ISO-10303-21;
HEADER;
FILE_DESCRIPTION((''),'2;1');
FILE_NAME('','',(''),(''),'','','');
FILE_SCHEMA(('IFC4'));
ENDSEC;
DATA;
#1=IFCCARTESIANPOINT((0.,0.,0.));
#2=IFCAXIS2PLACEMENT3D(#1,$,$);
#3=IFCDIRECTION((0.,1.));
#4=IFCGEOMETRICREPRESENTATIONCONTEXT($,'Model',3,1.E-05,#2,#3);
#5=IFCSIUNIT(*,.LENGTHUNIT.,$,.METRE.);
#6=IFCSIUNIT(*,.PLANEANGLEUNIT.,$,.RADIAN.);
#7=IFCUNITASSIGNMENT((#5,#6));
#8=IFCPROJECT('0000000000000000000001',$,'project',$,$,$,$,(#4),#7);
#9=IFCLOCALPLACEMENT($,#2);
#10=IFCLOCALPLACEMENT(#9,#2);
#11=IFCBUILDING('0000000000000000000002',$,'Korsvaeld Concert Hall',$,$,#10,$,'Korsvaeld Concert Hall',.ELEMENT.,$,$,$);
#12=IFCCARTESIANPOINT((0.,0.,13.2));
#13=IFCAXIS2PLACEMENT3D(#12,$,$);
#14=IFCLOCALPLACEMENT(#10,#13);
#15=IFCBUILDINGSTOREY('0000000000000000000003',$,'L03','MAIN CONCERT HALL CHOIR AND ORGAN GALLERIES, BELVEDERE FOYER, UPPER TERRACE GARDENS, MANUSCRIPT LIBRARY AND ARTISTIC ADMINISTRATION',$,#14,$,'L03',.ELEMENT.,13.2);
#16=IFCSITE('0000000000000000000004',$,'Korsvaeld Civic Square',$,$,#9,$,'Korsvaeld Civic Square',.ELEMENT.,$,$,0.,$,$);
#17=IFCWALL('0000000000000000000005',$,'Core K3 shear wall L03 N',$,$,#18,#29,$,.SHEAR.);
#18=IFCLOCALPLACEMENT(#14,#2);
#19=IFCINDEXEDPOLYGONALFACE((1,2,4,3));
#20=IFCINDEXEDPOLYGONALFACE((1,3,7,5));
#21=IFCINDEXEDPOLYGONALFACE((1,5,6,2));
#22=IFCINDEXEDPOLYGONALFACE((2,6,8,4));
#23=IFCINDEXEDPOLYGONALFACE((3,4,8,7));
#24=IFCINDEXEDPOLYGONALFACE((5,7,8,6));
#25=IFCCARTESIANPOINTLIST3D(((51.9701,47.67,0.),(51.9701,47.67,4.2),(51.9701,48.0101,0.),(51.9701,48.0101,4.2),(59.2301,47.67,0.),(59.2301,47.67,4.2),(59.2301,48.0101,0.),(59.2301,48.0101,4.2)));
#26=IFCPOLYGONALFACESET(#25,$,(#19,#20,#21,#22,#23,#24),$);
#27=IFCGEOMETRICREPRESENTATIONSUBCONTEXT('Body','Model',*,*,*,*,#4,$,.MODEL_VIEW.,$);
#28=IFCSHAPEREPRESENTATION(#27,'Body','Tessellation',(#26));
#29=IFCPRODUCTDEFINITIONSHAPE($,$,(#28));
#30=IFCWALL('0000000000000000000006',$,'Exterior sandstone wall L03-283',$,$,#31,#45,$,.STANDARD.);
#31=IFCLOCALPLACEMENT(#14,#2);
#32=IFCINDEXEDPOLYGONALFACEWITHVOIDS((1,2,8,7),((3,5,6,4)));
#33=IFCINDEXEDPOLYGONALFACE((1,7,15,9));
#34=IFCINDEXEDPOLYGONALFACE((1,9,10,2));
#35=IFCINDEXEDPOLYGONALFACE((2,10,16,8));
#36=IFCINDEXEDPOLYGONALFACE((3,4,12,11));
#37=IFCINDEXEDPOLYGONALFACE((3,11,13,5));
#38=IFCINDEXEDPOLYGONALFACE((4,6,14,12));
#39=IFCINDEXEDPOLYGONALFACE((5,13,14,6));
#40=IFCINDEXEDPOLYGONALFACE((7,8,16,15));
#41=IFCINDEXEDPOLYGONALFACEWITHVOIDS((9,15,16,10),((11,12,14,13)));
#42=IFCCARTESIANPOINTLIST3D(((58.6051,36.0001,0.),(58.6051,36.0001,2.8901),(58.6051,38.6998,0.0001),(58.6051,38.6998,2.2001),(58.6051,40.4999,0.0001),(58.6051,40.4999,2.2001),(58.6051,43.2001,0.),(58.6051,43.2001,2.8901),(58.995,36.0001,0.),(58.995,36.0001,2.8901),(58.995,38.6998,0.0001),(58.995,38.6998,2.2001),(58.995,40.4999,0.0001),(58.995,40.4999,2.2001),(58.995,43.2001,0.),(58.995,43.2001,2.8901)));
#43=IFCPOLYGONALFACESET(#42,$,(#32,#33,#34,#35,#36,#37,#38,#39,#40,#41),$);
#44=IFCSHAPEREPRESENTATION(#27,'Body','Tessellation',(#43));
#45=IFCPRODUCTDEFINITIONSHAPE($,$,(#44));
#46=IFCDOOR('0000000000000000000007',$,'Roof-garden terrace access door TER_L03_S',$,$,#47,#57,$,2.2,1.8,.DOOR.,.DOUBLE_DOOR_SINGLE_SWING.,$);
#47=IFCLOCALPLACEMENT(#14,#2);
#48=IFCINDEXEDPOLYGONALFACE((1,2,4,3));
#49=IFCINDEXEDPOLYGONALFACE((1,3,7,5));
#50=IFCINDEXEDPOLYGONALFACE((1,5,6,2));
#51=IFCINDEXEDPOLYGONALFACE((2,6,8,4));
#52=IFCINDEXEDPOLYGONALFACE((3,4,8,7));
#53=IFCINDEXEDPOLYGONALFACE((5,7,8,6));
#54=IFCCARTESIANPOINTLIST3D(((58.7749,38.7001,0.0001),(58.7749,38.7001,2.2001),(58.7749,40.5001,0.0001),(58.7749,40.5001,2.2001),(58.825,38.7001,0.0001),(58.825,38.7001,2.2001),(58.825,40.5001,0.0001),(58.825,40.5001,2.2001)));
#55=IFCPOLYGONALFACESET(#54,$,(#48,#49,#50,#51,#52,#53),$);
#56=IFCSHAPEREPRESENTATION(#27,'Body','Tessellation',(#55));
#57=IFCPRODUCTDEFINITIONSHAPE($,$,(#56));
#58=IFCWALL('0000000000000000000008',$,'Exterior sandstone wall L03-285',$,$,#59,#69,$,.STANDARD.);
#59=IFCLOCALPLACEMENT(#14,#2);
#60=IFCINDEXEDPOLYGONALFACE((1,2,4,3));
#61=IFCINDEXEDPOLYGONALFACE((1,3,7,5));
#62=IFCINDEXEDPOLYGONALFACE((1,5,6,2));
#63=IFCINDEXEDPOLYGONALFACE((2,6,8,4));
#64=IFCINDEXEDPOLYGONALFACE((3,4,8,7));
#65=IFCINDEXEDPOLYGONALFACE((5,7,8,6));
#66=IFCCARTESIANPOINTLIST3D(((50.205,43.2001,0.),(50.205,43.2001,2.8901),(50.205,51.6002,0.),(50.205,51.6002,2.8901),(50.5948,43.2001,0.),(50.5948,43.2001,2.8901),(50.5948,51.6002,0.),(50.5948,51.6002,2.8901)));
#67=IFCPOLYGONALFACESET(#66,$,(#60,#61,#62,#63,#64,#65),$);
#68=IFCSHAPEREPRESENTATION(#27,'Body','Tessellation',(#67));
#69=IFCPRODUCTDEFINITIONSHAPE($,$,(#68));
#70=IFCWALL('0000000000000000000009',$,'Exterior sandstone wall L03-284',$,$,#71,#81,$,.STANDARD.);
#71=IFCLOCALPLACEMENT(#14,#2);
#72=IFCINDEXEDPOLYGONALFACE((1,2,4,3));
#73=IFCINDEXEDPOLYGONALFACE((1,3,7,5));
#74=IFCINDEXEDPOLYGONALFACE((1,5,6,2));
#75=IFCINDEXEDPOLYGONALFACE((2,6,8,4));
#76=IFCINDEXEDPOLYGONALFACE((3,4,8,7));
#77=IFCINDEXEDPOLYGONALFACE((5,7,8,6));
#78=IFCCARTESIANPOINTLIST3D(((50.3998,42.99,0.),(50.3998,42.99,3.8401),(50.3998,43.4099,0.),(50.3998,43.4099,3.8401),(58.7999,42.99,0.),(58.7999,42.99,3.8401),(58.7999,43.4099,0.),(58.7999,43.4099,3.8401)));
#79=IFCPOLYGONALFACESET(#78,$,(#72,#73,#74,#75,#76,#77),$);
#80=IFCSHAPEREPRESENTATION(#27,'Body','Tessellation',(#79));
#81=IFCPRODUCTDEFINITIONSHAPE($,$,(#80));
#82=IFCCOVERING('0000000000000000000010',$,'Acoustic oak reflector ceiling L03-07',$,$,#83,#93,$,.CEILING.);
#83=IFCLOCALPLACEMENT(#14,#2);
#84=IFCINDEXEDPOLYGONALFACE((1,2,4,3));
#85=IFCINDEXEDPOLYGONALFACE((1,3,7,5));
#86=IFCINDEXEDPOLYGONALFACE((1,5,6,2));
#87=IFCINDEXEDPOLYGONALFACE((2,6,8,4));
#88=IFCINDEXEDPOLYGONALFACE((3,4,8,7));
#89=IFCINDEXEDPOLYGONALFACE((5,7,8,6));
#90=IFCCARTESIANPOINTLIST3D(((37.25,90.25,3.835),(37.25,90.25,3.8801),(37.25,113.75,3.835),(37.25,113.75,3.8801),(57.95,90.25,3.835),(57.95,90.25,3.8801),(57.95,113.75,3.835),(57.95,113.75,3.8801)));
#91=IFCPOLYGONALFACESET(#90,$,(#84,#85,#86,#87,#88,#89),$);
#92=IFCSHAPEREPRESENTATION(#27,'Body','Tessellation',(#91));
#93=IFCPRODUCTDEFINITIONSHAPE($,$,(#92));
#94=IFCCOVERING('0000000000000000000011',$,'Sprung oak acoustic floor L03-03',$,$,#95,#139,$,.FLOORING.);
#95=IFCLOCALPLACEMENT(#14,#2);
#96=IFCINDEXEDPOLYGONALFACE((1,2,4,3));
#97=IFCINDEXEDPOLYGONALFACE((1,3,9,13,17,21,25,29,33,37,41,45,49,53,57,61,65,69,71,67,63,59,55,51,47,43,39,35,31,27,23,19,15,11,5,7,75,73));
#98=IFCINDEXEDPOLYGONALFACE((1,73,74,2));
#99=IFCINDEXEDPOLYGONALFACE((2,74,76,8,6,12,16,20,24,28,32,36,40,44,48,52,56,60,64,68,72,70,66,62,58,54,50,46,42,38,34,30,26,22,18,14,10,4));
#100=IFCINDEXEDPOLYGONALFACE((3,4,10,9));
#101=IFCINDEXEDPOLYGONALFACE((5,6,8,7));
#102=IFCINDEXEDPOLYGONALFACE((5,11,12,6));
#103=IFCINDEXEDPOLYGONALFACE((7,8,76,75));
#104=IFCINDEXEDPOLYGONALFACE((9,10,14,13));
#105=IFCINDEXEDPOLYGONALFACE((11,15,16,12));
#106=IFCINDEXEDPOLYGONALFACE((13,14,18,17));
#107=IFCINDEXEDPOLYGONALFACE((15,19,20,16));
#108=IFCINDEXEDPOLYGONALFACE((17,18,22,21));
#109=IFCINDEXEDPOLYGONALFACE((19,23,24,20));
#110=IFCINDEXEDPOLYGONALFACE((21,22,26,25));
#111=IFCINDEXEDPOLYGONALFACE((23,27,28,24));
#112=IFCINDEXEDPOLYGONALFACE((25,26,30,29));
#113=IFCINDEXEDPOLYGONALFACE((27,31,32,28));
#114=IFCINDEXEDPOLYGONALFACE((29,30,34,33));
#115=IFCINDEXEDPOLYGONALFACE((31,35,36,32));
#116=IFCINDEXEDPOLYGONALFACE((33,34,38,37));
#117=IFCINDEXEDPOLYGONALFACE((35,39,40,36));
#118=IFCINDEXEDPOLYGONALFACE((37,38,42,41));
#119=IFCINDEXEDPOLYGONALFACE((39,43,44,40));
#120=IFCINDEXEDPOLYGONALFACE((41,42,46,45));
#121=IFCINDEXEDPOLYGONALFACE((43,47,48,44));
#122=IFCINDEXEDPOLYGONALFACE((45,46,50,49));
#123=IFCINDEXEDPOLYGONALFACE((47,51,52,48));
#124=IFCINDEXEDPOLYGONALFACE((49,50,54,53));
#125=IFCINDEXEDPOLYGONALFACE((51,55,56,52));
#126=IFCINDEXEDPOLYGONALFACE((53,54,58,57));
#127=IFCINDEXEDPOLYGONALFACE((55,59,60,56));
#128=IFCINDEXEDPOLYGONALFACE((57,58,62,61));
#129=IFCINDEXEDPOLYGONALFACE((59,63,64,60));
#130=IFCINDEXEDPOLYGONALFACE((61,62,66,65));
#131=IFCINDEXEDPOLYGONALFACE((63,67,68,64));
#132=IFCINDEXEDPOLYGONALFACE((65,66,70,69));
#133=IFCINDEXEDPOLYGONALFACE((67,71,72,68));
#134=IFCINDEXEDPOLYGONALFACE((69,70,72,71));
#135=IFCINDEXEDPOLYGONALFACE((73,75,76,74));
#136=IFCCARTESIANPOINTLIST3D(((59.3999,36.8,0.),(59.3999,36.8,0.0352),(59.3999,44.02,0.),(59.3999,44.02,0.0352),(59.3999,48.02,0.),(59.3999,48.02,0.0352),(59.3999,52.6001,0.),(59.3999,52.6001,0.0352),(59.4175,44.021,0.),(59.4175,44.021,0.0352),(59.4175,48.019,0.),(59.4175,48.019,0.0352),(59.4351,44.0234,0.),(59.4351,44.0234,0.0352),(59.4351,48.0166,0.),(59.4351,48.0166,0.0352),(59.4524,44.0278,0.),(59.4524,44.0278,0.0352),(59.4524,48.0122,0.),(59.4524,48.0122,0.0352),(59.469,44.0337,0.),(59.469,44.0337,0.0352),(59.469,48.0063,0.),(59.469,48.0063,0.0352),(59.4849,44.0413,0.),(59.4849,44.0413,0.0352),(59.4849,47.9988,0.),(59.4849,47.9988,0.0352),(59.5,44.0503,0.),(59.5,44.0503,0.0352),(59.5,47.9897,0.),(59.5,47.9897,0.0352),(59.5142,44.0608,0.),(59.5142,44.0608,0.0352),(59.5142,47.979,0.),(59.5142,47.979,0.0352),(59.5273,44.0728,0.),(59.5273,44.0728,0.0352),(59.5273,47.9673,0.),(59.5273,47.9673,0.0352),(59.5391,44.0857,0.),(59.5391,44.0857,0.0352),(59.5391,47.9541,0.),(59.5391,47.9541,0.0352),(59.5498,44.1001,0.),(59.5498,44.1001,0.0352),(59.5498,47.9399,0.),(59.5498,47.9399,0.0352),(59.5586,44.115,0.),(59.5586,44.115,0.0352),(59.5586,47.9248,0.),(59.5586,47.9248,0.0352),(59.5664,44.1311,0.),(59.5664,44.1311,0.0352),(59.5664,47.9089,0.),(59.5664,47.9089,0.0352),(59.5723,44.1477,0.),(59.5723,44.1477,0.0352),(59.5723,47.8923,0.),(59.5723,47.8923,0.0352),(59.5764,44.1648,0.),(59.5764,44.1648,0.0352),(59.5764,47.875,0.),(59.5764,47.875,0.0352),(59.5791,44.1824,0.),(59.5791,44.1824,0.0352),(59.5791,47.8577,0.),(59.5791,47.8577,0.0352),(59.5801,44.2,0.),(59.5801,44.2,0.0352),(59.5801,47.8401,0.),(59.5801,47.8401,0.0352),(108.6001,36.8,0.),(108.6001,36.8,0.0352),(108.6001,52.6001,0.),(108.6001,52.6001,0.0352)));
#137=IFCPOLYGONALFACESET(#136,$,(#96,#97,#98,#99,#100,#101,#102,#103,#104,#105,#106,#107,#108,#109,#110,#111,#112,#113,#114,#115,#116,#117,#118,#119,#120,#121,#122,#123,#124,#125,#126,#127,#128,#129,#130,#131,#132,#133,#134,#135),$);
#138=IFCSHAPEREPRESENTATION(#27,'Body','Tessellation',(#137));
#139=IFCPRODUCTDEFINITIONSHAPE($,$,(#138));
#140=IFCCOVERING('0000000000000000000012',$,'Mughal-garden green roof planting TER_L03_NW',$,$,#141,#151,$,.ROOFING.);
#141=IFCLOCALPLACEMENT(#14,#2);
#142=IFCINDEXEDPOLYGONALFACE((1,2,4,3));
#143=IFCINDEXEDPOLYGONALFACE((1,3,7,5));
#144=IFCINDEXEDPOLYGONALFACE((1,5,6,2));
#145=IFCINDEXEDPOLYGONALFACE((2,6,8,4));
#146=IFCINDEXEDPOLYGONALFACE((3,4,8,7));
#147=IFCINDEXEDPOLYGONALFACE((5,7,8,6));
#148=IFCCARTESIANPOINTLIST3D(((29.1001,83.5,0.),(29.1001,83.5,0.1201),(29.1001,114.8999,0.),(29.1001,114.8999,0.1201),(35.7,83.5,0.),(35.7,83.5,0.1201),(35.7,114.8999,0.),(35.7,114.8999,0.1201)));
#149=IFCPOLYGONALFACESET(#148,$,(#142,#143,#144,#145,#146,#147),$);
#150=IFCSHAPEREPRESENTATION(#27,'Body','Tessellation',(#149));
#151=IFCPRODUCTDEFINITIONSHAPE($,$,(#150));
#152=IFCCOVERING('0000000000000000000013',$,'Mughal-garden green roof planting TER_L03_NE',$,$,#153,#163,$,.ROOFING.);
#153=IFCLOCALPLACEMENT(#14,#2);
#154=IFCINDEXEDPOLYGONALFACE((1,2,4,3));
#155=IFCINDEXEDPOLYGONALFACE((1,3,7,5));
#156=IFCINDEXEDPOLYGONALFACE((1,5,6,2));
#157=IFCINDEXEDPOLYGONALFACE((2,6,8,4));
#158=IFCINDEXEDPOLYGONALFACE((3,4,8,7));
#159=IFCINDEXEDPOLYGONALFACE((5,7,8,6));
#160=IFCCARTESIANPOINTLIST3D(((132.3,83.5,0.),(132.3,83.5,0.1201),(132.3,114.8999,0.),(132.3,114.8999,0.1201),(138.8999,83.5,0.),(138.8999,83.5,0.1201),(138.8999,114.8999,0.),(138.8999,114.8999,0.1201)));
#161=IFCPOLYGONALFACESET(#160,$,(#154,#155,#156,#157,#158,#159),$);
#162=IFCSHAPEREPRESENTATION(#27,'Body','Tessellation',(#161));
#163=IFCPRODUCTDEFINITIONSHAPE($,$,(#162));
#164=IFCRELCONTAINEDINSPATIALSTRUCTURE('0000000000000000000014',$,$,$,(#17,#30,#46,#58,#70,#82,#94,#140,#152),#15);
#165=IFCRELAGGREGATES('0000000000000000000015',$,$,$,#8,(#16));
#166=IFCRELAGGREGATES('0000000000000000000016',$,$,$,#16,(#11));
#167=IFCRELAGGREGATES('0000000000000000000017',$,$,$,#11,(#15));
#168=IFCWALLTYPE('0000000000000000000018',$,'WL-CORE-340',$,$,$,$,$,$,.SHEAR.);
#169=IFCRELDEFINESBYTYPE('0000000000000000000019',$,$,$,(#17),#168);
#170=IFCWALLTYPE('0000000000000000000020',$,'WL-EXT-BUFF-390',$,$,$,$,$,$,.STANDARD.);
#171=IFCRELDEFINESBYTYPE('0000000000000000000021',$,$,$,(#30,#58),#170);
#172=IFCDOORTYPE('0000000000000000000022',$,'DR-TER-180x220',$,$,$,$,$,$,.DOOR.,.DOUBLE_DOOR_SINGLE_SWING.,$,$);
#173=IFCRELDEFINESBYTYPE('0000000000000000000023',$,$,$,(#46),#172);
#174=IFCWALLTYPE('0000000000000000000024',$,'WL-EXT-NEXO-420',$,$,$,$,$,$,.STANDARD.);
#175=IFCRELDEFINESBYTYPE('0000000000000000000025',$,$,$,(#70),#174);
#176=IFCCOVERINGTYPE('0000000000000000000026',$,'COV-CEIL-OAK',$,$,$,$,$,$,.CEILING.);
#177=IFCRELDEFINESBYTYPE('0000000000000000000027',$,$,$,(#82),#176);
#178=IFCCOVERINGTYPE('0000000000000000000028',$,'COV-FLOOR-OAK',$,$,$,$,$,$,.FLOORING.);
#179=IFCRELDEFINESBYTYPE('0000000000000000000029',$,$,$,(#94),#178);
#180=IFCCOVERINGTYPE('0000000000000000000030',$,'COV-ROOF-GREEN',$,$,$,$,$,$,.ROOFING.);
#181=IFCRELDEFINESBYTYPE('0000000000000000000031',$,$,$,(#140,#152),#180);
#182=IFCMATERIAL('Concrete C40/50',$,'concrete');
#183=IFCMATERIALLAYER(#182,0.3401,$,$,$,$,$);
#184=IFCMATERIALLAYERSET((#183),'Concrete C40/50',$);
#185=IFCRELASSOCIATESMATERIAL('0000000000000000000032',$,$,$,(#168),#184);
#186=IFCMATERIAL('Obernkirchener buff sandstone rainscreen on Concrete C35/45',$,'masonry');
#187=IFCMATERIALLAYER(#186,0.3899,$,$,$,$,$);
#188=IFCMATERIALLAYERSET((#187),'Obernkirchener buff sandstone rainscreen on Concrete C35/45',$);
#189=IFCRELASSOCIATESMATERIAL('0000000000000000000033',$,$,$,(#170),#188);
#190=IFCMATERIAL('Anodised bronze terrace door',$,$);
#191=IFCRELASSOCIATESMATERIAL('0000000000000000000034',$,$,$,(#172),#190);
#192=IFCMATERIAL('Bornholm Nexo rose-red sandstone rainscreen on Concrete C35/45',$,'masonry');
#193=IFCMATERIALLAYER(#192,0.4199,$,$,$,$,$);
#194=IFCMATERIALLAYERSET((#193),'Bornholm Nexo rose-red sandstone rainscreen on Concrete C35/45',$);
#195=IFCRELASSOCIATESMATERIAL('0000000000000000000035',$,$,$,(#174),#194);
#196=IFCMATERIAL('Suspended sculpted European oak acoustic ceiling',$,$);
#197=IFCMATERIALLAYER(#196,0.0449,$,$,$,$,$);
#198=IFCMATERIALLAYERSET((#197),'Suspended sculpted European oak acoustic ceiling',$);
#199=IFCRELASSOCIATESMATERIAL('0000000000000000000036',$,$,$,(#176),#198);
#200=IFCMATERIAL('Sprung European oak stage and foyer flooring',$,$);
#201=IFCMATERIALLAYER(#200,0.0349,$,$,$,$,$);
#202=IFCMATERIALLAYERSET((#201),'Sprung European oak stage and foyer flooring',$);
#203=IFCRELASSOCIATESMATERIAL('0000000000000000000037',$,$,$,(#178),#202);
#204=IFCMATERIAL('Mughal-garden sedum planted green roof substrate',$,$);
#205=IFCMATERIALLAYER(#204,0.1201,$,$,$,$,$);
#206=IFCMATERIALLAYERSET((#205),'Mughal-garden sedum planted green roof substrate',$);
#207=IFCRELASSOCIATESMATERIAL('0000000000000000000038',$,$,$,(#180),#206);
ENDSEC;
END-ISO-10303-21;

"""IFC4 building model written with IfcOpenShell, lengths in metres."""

from ifc_helpers import new_model, si_unit, direction, frame, frame_2d, origin, place, context, subcontext, project, spatial, polyline, rectangle, outline, extrude, material, layer, layer_set, type_object, element, fill, save


model = new_model("IFC4")

# Units and contexts
model_context = context("Model", 3, precision=1e-05, world=origin(), true_north=direction((0.0, 1.0)))
body_context = subcontext(model_context, "Body", "Model", "MODEL_VIEW")
ifc_project = project(units=[si_unit("LENGTHUNIT", "METRE"), si_unit("PLANEANGLEUNIT", "RADIAN")], contexts=[model_context])

# Site, building, storey
site_placement = place(None, origin())
site = spatial("IfcSite", under=ifc_project, at=site_placement, Name="Korsvaeld Civic Square", LongName="Korsvaeld Civic Square", CompositionType="ELEMENT", RefElevation=0.0)
building_placement = place(site_placement, origin())
building = spatial("IfcBuilding", under=site, at=building_placement, Name="Korsvaeld Concert Hall", LongName="Korsvaeld Concert Hall", CompositionType="ELEMENT")
storey_placement = place(building_placement, frame((0.0, 0.0, 13.2)))
storey = spatial("IfcBuildingStorey", under=building, at=storey_placement, Name="L03", Description="MAIN CONCERT HALL CHOIR AND ORGAN GALLERIES, BELVEDERE FOYER, UPPER TERRACE GARDENS, MANUSCRIPT LIBRARY AND ARTISTIC ADMINISTRATION", LongName="L03", CompositionType="ELEMENT", Elevation=13.2)

# Shared definitions
ifc_material_1 = material(Name="Concrete C40/50", Category="concrete")

# Wall
ifc_layer_1 = layer(ifc_material_1, 0.3401)
ifc_layer_set_1 = layer_set([ifc_layer_1], Name="Concrete C40/50")
wall_type_1 = type_object("IfcWallType", Name="WL-CORE-340", PredefinedType="SHEAR", material=ifc_layer_set_1)
wall_1_placement = place(storey_placement, frame((59.23, 47.8401, 0.0), z_axis=(0.0, 0.0, 1.0), x_axis=(-1.0, 0.0, 0.0)))
element("IfcWall", 1, at=wall_1_placement, inside=storey, type_object=wall_type_1, Name="Core K3 shear wall L03 N", PredefinedType="SHEAR", context=body_context, shape_type="SweptSolid", body=[
    extrude(rectangle(XDim=7.26, YDim=0.3401, at=frame_2d((3.6299, 0.0))), origin(), (0.0, 0.0, 1.0), 4.2),
])

# Wall, opening, door
ifc_material_2 = material(Name="Obernkirchener buff sandstone rainscreen on Concrete C35/45", Category="masonry")
ifc_layer_2 = layer(ifc_material_2, 0.3899)
ifc_layer_set_2 = layer_set([ifc_layer_2], Name="Obernkirchener buff sandstone rainscreen on Concrete C35/45")
wall_type_2 = type_object("IfcWallType", Name="WL-EXT-BUFF-390", PredefinedType="STANDARD", material=ifc_layer_set_2)
wall_2_placement = place(storey_placement, frame((58.8, 36.0, 0.0), z_axis=(0.0, 0.0, 1.0), x_axis=(0.0, 1.0, 0.0)))
wall_2 = element("IfcWall", 2, at=wall_2_placement, inside=storey, type_object=wall_type_2, Name="Exterior sandstone wall L03-283", PredefinedType="STANDARD", context=body_context, shape_type="SweptSolid", body=[
    extrude(rectangle(XDim=7.2, YDim=0.3899, at=frame_2d((3.6001, 0.0))), origin(), (0.0, 0.0, 1.0), 2.8901),
])
opening_placement = place(wall_2_placement, frame((2.7, 0.0, 0.0)))
opening = element("IfcOpeningElement", 3, at=opening_placement, cuts=wall_2, PredefinedType="OPENING", context=body_context, shape_type="SweptSolid", body=[
    extrude(rectangle(XDim=1.8, YDim=2.2, at=frame_2d((0.8999, 1.1001))), frame((0.0, 0.2051, 0.0), z_axis=(0.0, -1.0, 0.0), x_axis=(1.0, 0.0, 0.0)), (0.0, 0.0, 1.0), 0.4099),
])
ifc_material_3 = material(Name="Anodised bronze terrace door")
door_type = type_object("IfcDoorType", Name="DR-TER-180x220", OperationType="DOUBLE_DOOR_SINGLE_SWING", PredefinedType="DOOR", material=ifc_material_3)
door_placement = place(opening_placement, frame((1.8, 0.0, 0.0), z_axis=(0.0, 0.0, 1.0), x_axis=(-1.0, 0.0, 0.0)))
door = element("IfcDoor", 4, at=door_placement, inside=storey, type_object=door_type, Name="Roof-garden terrace access door TER_L03_S", OperationType="DOUBLE_DOOR_SINGLE_SWING", OverallHeight=2.2, OverallWidth=1.8, PredefinedType="DOOR", context=body_context, shape_type="SweptSolid", body=[
    extrude(rectangle(XDim=1.8, YDim=2.2, at=frame_2d((0.8999, 1.1001))), frame((0.0, 0.0249, 0.0), z_axis=(0.0, -1.0, 0.0), x_axis=(1.0, 0.0, 0.0)), (0.0, 0.0, 1.0), 0.05),
])
fill(opening, door)

# Walls
wall_3_placement = place(storey_placement, frame((50.3999, 43.2, 0.0), z_axis=(0.0, 0.0, 1.0), x_axis=(0.0, 1.0, 0.0)))
element("IfcWall", 5, at=wall_3_placement, inside=storey, type_object=wall_type_2, Name="Exterior sandstone wall L03-285", PredefinedType="STANDARD", context=body_context, shape_type="SweptSolid", body=[
    extrude(rectangle(XDim=8.4001, YDim=0.3899, at=frame_2d((4.2002, 0.0))), origin(), (0.0, 0.0, 1.0), 2.8901),
])
ifc_material_4 = material(Name="Bornholm Nexo rose-red sandstone rainscreen on Concrete C35/45", Category="masonry")
ifc_layer_3 = layer(ifc_material_4, 0.4199)
ifc_layer_set_3 = layer_set([ifc_layer_3], Name="Bornholm Nexo rose-red sandstone rainscreen on Concrete C35/45")
wall_type_3 = type_object("IfcWallType", Name="WL-EXT-NEXO-420", PredefinedType="STANDARD", material=ifc_layer_set_3)
wall_4_placement = place(storey_placement, frame((58.8, 43.2, 0.0), z_axis=(0.0, 0.0, 1.0), x_axis=(-1.0, 0.0, 0.0)))
element("IfcWall", 6, at=wall_4_placement, inside=storey, type_object=wall_type_3, Name="Exterior sandstone wall L03-284", PredefinedType="STANDARD", context=body_context, shape_type="SweptSolid", body=[
    extrude(rectangle(XDim=8.4001, YDim=0.4199, at=frame_2d((4.2002, 0.0))), origin(), (0.0, 0.0, 1.0), 3.8401),
])

# Coverings
ifc_material_5 = material(Name="Suspended sculpted European oak acoustic ceiling")
ifc_layer_4 = layer(ifc_material_5, 0.0449)
ifc_layer_set_4 = layer_set([ifc_layer_4], Name="Suspended sculpted European oak acoustic ceiling")
covering_type_1 = type_object("IfcCoveringType", Name="COV-CEIL-OAK", PredefinedType="CEILING", material=ifc_layer_set_4)
covering_1_placement = place(storey_placement, frame((0.0, 0.0, 3.835)))
element("IfcCovering", 7, at=covering_1_placement, inside=storey, type_object=covering_type_1, Name="Acoustic oak reflector ceiling L03-07", PredefinedType="CEILING", context=body_context, shape_type="SweptSolid", body=[
    extrude(outline(polyline([(37.25, 113.75), (57.95, 113.75), (57.95, 90.25), (37.25, 90.25), (37.25, 113.75)])), origin(), (0.0, 0.0, 1.0), 0.0452),
])
ifc_material_6 = material(Name="Sprung European oak stage and foyer flooring")
ifc_layer_5 = layer(ifc_material_6, 0.0349)
ifc_layer_set_5 = layer_set([ifc_layer_5], Name="Sprung European oak stage and foyer flooring")
covering_type_2 = type_object("IfcCoveringType", Name="COV-FLOOR-OAK", PredefinedType="FLOORING", material=ifc_layer_set_5)
covering_2_placement = place(storey_placement, origin())
element("IfcCovering", 8, at=covering_2_placement, inside=storey, type_object=covering_type_2, Name="Sprung oak acoustic floor L03-03", PredefinedType="FLOORING", context=body_context, shape_type="SweptSolid", body=[
    extrude(outline(polyline([(59.3999, 52.6001), (108.6001, 52.6001), (108.6001, 36.8), (59.3999, 36.8), (59.3999, 44.02), (59.4175, 44.021), (59.4351, 44.0234), (59.4524, 44.0278), (59.469, 44.0337), (59.4849, 44.0413), (59.5, 44.0503), (59.5142, 44.0608), (59.5273, 44.0728), (59.5391, 44.0857), (59.5498, 44.1001), (59.5586, 44.115), (59.5664, 44.1311), (59.5723, 44.1477), (59.5764, 44.1648), (59.5791, 44.1824), (59.5801, 44.2), (59.5801, 47.8401), (59.5791, 47.8577), (59.5764, 47.875), (59.5723, 47.8923), (59.5664, 47.9089), (59.5586, 47.9248), (59.5498, 47.9399), (59.5391, 47.9541), (59.5273, 47.9673), (59.5142, 47.979), (59.5, 47.9897), (59.4849, 47.9988), (59.469, 48.0063), (59.4524, 48.0122), (59.4351, 48.0166), (59.4175, 48.019), (59.3999, 48.02), (59.3999, 52.6001)])), origin(), (0.0, 0.0, 1.0), 0.0352),
])
ifc_material_7 = material(Name="Mughal-garden sedum planted green roof substrate")
ifc_layer_6 = layer(ifc_material_7, 0.1201)
ifc_layer_set_6 = layer_set([ifc_layer_6], Name="Mughal-garden sedum planted green roof substrate")
covering_type_3 = type_object("IfcCoveringType", Name="COV-ROOF-GREEN", PredefinedType="ROOFING", material=ifc_layer_set_6)
covering_3_placement = place(storey_placement, origin())
element("IfcCovering", 9, at=covering_3_placement, inside=storey, type_object=covering_type_3, Name="Mughal-garden green roof planting TER_L03_NW", PredefinedType="ROOFING", context=body_context, shape_type="SweptSolid", body=[
    extrude(outline(polyline([(35.7, 83.5), (35.7, 114.8999), (29.1001, 114.8999), (29.1001, 83.5), (35.7, 83.5)])), origin(), (0.0, 0.0, 1.0), 0.1201),
])
covering_4_placement = place(storey_placement, origin())
element("IfcCovering", 10, at=covering_4_placement, inside=storey, type_object=covering_type_3, Name="Mughal-garden green roof planting TER_L03_NE", PredefinedType="ROOFING", context=body_context, shape_type="SweptSolid", body=[
    extrude(outline(polyline([(138.8999, 83.5), (138.8999, 114.8999), (132.3, 114.8999), (132.3, 83.5), (138.8999, 83.5)])), origin(), (0.0, 0.0, 1.0), 0.1201),
])

save(model, "model.ifc")
